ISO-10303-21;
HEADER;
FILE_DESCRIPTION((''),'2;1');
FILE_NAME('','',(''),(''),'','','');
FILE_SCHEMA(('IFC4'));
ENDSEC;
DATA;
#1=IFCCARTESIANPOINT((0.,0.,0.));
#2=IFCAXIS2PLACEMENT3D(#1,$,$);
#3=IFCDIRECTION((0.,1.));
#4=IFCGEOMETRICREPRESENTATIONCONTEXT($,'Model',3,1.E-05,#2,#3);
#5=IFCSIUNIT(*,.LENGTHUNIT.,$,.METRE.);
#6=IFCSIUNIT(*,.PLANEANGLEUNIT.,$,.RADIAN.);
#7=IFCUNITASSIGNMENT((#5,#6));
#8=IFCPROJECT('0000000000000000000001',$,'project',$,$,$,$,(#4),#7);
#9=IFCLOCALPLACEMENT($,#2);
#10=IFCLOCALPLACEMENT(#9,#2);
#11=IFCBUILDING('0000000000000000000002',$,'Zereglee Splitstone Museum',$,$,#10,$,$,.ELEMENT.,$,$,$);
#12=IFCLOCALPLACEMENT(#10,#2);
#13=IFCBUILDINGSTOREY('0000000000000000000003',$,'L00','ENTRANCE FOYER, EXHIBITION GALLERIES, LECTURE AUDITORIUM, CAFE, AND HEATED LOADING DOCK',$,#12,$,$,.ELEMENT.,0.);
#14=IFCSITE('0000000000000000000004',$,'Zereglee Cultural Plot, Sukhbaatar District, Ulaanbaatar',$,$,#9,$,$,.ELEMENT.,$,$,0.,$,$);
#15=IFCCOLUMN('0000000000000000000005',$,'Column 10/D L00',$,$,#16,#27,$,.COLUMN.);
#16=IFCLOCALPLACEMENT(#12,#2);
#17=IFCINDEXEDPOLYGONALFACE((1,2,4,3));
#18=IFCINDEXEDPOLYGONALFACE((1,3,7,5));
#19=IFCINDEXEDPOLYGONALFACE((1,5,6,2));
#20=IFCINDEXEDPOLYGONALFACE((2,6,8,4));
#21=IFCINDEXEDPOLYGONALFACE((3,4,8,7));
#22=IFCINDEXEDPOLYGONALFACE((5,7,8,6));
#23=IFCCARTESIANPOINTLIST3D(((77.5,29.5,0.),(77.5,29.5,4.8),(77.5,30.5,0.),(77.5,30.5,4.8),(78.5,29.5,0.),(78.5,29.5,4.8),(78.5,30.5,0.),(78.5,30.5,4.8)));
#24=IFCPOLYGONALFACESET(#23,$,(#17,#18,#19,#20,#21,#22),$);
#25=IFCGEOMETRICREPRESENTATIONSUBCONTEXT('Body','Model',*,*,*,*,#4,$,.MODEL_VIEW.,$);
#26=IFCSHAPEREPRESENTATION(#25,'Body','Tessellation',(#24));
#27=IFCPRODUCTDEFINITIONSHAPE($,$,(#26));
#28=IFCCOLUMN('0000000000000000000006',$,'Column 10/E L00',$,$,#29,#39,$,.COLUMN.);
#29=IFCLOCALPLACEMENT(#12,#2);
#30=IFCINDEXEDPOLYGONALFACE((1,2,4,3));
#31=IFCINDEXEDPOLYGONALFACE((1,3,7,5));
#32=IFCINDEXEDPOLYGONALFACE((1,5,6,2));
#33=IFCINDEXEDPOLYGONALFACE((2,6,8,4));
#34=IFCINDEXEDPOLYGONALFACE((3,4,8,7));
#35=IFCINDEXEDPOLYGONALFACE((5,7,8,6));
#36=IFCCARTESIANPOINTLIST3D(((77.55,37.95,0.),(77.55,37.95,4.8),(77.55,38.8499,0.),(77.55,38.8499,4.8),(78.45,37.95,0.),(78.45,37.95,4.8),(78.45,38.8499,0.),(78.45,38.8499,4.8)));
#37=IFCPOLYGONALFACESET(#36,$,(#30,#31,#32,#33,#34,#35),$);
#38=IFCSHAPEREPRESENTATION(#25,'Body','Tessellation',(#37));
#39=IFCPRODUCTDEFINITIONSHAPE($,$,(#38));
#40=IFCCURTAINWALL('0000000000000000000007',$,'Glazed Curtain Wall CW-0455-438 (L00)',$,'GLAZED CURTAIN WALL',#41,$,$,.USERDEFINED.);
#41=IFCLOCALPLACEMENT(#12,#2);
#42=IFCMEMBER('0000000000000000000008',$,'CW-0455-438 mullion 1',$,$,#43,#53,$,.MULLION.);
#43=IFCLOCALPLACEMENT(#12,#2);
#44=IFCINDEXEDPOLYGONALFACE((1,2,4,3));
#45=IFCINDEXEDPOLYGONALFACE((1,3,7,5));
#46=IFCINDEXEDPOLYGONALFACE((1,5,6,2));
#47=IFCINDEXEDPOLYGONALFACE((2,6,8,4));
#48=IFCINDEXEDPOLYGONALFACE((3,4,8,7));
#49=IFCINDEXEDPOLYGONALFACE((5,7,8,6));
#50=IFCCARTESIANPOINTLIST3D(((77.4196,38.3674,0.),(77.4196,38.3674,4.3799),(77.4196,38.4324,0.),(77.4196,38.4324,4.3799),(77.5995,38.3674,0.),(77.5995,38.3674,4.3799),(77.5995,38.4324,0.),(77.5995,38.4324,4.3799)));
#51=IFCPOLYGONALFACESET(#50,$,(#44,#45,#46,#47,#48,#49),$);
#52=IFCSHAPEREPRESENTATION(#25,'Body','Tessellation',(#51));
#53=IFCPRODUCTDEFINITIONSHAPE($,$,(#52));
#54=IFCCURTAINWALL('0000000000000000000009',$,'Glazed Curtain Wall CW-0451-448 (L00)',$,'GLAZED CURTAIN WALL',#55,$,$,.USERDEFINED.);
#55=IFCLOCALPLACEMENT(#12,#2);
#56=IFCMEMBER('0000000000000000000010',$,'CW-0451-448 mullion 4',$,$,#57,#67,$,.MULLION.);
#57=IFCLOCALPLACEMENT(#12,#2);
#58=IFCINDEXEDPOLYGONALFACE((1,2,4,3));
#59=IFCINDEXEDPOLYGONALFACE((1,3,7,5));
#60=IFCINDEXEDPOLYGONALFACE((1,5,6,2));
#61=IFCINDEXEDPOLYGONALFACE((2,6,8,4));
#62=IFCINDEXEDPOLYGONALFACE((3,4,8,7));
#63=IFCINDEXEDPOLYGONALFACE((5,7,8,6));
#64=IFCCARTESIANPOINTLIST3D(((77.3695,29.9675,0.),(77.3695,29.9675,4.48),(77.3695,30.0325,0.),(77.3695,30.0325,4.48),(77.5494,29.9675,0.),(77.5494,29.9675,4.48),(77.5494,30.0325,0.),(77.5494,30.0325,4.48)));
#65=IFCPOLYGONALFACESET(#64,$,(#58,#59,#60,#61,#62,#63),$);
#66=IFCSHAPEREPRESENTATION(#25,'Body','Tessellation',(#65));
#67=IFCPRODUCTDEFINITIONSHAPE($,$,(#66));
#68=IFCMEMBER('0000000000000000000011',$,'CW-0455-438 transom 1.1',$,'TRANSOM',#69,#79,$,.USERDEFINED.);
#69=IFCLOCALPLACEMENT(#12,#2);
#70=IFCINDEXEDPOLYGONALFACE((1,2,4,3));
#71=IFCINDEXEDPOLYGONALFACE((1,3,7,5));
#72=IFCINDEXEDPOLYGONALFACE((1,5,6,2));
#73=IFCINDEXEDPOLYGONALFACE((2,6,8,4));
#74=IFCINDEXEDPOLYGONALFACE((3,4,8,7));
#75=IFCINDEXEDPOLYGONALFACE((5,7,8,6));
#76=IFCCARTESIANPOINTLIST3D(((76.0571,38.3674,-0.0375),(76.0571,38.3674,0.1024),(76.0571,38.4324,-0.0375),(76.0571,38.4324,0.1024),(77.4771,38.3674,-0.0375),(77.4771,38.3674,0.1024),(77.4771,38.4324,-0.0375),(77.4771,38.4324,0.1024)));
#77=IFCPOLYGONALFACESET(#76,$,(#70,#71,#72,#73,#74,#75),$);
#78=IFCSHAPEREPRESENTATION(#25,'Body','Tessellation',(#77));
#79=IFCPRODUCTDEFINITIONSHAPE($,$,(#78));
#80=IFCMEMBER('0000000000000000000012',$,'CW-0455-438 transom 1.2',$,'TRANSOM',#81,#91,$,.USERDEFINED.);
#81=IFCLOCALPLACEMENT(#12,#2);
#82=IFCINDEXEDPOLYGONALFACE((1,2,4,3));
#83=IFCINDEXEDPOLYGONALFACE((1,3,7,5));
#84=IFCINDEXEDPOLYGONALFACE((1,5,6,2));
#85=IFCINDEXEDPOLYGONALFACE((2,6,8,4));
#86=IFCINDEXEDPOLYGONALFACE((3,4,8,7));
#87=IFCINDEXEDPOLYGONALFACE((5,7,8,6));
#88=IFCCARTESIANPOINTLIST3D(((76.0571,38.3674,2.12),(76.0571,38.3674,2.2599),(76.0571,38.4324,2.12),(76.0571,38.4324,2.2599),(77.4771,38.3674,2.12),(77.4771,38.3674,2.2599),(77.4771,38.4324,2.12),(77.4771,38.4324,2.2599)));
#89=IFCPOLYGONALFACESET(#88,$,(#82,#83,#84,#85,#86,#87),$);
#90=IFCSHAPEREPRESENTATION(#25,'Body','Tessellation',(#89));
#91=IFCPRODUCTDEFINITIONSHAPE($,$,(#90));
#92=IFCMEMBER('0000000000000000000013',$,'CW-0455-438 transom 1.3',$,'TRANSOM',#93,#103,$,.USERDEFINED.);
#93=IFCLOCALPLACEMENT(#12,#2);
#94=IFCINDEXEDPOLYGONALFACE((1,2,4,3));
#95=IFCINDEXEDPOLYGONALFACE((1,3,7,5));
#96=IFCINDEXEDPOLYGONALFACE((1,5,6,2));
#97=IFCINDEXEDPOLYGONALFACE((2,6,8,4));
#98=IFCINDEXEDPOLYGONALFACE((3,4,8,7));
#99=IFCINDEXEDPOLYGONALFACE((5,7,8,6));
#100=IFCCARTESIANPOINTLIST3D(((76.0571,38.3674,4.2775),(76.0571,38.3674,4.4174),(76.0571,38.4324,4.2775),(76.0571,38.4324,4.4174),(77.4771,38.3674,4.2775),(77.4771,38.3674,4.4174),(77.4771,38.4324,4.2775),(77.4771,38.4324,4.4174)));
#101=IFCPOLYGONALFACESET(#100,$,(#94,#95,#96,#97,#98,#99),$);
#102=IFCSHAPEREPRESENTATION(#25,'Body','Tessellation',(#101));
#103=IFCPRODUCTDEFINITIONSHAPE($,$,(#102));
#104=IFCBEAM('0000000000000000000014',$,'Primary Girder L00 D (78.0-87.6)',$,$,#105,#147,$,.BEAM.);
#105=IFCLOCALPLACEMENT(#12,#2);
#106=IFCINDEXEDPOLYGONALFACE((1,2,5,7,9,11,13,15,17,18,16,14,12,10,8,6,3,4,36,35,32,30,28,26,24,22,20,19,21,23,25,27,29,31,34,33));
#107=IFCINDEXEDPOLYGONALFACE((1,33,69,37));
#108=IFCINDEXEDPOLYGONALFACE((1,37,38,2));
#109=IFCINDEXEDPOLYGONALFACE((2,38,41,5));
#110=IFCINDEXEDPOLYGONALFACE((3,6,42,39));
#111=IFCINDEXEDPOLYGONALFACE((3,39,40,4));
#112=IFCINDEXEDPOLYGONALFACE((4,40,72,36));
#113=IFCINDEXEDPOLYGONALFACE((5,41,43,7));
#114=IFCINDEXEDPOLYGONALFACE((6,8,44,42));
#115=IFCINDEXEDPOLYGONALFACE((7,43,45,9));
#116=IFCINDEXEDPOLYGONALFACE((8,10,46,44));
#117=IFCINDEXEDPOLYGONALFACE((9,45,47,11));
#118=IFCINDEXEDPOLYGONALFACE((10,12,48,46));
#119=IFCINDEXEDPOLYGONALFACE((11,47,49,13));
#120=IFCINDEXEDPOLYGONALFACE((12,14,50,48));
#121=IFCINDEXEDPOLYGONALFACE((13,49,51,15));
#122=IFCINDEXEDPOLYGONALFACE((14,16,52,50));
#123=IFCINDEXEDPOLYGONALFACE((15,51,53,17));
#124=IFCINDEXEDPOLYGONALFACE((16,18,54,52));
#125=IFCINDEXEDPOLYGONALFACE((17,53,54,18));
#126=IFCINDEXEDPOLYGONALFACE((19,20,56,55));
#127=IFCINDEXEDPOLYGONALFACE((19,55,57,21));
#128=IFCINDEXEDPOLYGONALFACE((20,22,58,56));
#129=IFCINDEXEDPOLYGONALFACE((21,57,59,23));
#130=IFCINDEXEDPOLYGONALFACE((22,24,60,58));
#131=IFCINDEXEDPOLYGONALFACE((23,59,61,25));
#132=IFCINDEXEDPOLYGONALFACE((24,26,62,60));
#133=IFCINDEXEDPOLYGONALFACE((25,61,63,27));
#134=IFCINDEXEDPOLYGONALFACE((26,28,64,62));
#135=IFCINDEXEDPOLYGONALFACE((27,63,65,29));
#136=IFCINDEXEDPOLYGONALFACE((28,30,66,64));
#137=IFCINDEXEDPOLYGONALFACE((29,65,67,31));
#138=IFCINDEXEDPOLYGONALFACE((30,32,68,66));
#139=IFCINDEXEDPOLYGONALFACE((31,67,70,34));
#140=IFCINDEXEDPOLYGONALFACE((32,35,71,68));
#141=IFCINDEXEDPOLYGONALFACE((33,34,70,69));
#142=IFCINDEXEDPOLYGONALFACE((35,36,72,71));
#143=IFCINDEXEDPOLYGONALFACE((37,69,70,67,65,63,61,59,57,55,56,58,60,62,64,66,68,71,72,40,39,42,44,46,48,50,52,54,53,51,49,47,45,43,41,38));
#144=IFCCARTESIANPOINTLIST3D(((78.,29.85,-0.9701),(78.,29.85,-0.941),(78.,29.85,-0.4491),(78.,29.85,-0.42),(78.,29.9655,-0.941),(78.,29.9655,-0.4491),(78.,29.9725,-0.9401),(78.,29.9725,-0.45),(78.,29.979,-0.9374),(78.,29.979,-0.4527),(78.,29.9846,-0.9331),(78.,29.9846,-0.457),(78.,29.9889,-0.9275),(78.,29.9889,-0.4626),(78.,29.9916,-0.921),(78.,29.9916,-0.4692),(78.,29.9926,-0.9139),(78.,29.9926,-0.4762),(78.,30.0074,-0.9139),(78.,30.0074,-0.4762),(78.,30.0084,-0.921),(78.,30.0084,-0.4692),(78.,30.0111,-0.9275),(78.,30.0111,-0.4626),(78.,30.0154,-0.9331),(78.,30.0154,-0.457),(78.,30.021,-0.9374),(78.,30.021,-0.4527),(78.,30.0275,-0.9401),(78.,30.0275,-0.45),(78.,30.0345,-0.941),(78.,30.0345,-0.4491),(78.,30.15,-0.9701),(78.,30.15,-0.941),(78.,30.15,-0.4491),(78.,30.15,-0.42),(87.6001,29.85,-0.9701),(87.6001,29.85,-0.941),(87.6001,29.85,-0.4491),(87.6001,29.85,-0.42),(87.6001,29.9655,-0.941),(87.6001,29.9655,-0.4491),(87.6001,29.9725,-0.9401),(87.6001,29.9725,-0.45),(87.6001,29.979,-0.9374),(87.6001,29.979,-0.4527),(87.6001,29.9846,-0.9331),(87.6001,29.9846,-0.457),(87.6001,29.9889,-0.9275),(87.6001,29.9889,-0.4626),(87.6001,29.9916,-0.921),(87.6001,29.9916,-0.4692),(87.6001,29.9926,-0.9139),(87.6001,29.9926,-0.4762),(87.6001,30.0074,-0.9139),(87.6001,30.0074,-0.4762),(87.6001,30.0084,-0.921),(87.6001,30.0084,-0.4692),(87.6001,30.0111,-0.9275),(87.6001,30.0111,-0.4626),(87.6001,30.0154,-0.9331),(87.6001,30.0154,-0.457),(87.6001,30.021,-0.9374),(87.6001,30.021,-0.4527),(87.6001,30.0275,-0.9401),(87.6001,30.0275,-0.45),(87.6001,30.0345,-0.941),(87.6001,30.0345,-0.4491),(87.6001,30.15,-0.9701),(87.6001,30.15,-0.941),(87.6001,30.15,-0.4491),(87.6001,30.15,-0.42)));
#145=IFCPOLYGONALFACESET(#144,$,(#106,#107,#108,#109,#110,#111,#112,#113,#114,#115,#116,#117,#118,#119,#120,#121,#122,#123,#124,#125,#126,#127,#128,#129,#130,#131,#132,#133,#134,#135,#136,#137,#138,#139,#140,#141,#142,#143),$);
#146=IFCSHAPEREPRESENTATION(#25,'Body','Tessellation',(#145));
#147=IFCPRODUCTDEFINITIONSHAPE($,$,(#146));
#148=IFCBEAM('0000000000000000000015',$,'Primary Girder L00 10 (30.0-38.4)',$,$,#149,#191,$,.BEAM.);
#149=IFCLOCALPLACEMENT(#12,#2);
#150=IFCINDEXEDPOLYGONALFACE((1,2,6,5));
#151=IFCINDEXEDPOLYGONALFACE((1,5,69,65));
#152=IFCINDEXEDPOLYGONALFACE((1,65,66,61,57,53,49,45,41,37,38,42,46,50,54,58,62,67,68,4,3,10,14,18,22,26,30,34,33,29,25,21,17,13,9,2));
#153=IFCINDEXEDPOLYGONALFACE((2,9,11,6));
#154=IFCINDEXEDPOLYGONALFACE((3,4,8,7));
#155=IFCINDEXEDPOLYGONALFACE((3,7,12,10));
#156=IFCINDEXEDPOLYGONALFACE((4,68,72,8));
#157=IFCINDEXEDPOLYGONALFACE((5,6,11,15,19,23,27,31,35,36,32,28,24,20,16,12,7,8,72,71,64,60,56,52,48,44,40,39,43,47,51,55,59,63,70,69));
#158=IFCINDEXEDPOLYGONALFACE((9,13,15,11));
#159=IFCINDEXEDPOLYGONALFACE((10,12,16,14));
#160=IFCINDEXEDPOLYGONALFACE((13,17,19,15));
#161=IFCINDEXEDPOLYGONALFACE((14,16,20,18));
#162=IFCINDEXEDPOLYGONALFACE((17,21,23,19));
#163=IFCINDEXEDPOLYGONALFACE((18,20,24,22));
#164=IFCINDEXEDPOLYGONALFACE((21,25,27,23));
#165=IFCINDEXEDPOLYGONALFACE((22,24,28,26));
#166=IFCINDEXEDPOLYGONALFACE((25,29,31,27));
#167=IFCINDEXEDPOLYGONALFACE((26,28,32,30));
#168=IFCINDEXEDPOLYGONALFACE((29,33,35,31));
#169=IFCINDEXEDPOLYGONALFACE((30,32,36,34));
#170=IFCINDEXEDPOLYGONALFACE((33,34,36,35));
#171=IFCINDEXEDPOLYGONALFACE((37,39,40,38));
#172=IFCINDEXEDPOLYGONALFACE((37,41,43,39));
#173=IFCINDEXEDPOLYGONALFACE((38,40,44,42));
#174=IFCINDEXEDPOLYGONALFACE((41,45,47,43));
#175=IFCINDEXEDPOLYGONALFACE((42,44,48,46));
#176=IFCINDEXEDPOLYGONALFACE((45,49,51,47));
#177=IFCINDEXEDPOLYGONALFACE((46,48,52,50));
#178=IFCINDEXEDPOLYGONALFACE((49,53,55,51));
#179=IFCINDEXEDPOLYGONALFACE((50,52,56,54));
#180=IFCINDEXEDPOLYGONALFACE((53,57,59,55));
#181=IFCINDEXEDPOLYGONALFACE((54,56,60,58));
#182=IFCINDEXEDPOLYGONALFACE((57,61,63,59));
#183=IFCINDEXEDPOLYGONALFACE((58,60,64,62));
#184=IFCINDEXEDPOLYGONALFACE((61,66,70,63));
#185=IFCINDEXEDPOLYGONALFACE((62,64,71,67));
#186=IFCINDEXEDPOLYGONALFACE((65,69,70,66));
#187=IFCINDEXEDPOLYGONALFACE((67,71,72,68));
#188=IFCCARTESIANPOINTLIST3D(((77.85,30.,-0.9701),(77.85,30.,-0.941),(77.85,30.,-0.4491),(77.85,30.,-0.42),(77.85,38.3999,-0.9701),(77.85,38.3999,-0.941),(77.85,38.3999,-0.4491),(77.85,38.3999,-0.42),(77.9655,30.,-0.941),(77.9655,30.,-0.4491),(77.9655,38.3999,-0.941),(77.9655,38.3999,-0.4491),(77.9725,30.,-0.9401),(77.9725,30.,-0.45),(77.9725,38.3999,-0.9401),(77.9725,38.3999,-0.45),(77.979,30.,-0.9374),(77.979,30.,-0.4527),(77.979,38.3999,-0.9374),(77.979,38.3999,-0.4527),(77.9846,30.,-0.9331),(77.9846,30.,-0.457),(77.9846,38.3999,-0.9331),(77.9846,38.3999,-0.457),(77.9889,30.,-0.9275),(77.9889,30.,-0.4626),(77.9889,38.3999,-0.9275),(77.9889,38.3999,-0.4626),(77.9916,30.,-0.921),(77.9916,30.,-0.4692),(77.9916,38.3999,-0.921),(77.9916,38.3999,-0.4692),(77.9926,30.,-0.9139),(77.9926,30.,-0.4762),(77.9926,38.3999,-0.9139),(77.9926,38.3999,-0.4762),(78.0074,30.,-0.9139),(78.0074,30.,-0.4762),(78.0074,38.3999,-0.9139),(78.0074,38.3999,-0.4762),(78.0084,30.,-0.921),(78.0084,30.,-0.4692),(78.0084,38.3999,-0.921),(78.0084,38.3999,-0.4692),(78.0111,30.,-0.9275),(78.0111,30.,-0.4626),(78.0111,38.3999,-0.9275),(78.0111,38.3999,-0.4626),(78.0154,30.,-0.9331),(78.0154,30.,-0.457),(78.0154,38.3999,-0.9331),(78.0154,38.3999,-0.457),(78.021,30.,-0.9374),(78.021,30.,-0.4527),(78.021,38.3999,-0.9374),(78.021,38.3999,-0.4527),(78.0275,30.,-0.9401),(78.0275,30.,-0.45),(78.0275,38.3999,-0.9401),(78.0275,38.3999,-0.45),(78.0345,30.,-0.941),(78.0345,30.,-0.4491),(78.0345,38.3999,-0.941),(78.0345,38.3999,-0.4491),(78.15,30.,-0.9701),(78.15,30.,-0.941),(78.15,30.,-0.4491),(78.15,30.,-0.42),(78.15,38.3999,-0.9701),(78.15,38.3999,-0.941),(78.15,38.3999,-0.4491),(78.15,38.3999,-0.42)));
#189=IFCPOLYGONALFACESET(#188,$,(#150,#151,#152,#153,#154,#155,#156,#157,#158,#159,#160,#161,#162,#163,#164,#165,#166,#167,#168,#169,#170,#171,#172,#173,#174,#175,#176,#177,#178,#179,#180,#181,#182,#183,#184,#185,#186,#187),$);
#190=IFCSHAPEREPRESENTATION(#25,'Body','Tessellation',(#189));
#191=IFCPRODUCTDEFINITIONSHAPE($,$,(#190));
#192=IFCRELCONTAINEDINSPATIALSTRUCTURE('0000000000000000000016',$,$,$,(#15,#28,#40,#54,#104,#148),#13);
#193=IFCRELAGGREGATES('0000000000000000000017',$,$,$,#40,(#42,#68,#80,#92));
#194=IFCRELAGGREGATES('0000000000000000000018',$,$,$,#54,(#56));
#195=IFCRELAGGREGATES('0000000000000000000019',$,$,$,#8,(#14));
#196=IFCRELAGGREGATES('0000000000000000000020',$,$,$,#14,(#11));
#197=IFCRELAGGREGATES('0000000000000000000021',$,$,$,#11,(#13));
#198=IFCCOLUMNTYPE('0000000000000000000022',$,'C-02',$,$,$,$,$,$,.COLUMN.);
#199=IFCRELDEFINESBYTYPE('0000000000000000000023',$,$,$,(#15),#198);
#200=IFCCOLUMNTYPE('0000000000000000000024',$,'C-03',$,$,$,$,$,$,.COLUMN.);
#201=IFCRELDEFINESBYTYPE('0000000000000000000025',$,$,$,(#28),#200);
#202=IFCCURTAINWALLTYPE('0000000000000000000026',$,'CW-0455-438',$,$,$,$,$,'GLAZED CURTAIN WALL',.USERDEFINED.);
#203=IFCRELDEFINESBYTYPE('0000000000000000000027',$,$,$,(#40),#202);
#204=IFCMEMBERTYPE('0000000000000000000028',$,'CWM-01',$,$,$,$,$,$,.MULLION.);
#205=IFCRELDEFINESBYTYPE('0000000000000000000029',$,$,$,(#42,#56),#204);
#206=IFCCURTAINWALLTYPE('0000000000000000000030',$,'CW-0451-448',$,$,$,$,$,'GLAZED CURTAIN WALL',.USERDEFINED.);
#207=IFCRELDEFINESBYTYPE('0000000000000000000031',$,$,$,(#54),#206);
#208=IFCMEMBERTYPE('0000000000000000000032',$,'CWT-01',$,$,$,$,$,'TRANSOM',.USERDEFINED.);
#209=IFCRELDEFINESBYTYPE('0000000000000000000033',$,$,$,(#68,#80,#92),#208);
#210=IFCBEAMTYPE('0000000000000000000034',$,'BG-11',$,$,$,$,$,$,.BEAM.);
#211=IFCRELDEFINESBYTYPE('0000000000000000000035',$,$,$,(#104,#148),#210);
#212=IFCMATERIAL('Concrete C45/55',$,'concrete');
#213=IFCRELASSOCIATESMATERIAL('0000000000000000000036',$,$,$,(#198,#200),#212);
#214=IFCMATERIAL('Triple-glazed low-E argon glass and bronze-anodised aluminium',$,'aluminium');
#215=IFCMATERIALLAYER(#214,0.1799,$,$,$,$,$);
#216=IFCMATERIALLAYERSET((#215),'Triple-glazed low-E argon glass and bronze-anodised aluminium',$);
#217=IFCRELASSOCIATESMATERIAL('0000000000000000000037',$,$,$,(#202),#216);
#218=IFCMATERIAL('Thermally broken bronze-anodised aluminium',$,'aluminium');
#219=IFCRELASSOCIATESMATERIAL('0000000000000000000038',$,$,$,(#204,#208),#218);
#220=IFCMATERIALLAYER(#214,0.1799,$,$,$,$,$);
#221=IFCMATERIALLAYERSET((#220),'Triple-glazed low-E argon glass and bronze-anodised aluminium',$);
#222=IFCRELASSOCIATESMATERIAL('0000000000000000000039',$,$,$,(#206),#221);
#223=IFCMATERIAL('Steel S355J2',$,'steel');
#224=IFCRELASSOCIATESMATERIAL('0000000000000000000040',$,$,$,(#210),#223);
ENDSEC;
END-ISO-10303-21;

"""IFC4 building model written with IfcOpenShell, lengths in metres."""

from ifc_helpers import new_model, si_unit, direction, frame, origin, origin_2d, place, context, subcontext, project, spatial, rectangle, i_section, extrude, material, layer, layer_set, material_profile, profile_set, type_object, element, aggregate, save


model = new_model("IFC4")

# Units and contexts
model_context = context("Model", 3, precision=1e-05, world=origin(), true_north=direction((0.0, 1.0)))
body_context = subcontext(model_context, "Body", "Model", "MODEL_VIEW")
ifc_project = project(units=[si_unit("LENGTHUNIT", "METRE"), si_unit("PLANEANGLEUNIT", "RADIAN")], contexts=[model_context])

# Site, building, storey
site_placement = place(None, origin())
site = spatial("IfcSite", under=ifc_project, at=site_placement, Name="Zereglee Cultural Plot, Sukhbaatar District, Ulaanbaatar", CompositionType="ELEMENT", RefElevation=0.0)
building_placement = place(site_placement, origin())
building = spatial("IfcBuilding", under=site, at=building_placement, Name="Zereglee Splitstone Museum", CompositionType="ELEMENT")
storey_placement = place(building_placement, origin())
storey = spatial("IfcBuildingStorey", under=building, at=storey_placement, Name="L00", Description="ENTRANCE FOYER, EXHIBITION GALLERIES, LECTURE AUDITORIUM, CAFE, AND HEATED LOADING DOCK", CompositionType="ELEMENT", Elevation=0.0)

# Columns
ifc_material_1 = material(Name="Concrete C45/55", Category="concrete")
ifc_material_profile_1 = material_profile(ifc_material_1, rectangle(XDim=1.0, YDim=1.0, at=origin_2d()), Name="RC 1000x1000")
ifc_profile_set_1 = profile_set([ifc_material_profile_1], Name="Concrete C45/55")
column_type_1 = type_object("IfcColumnType", Name="C-02", PredefinedType="COLUMN", material=ifc_profile_set_1)
column_1_placement = place(storey_placement, frame((78.0, 30.0, 0.0), z_axis=(0.0, 0.0, 1.0), x_axis=(1.0, 0.0, 0.0)))
element("IfcColumn", 1, at=column_1_placement, inside=storey, type_object=column_type_1, Name="Column 10/D L00", PredefinedType="COLUMN", context=body_context, shape_type="SweptSolid", body=[
    extrude(rectangle(XDim=1.0, YDim=1.0, at=origin_2d()), origin(), (0.0, 0.0, 1.0), 4.8),
])
ifc_material_profile_2 = material_profile(ifc_material_1, rectangle(XDim=0.8999, YDim=0.8999, at=origin_2d()), Name="RC 900x900")
ifc_profile_set_2 = profile_set([ifc_material_profile_2], Name="Concrete C45/55")
column_type_2 = type_object("IfcColumnType", Name="C-03", PredefinedType="COLUMN", material=ifc_profile_set_2)
column_2_placement = place(storey_placement, frame((78.0, 38.3999, 0.0), z_axis=(0.0, 0.0, 1.0), x_axis=(1.0, 0.0, 0.0)))
element("IfcColumn", 2, at=column_2_placement, inside=storey, type_object=column_type_2, Name="Column 10/E L00", PredefinedType="COLUMN", context=body_context, shape_type="SweptSolid", body=[
    extrude(rectangle(XDim=0.8999, YDim=0.8999, at=origin_2d()), origin(), (0.0, 0.0, 1.0), 4.8),
])

# Curtain walls, members
ifc_material_2 = material(Name="Triple-glazed low-E argon glass and bronze-anodised aluminium", Category="aluminium")
ifc_layer_1 = layer(ifc_material_2, 0.1799)
ifc_layer_set_1 = layer_set([ifc_layer_1], Name="Triple-glazed low-E argon glass and bronze-anodised aluminium")
curtain_wall_type_1 = type_object("IfcCurtainWallType", Name="CW-0455-438", ElementType="GLAZED CURTAIN WALL", PredefinedType="USERDEFINED", material=ifc_layer_set_1)
curtain_wall_1_placement = place(storey_placement, origin())
curtain_wall_1 = element("IfcCurtainWall", 3, at=curtain_wall_1_placement, inside=storey, type_object=curtain_wall_type_1, Name="Glazed Curtain Wall CW-0455-438 (L00)", ObjectType="GLAZED CURTAIN WALL", PredefinedType="USERDEFINED")
ifc_material_3 = material(Name="Thermally broken bronze-anodised aluminium", Category="aluminium")
ifc_material_profile_3 = material_profile(ifc_material_3, rectangle(XDim=0.0649, YDim=0.1799, at=origin_2d()), Name="CW MULL 65x180")
ifc_profile_set_3 = profile_set([ifc_material_profile_3], Name="Thermally broken bronze-anodised aluminium")
member_type_1 = type_object("IfcMemberType", Name="CWM-01", PredefinedType="MULLION", material=ifc_profile_set_3)
member_1_placement = place(storey_placement, frame((77.5095, 38.3999, 0.0), z_axis=(0.0, 0.0, 1.0), x_axis=(0.0, -1.0, 0.0)))
member_1 = element("IfcMember", 4, at=member_1_placement, type_object=member_type_1, Name="CW-0455-438 mullion 1", PredefinedType="MULLION", context=body_context, shape_type="SweptSolid", body=[
    extrude(rectangle(XDim=0.0649, YDim=0.1799, at=origin_2d()), origin(), (0.0, 0.0, 1.0), 4.3799),
])
ifc_layer_2 = layer(ifc_material_2, 0.1799)
ifc_layer_set_2 = layer_set([ifc_layer_2], Name="Triple-glazed low-E argon glass and bronze-anodised aluminium")
curtain_wall_type_2 = type_object("IfcCurtainWallType", Name="CW-0451-448", ElementType="GLAZED CURTAIN WALL", PredefinedType="USERDEFINED", material=ifc_layer_set_2)
curtain_wall_2_placement = place(storey_placement, origin())
curtain_wall_2 = element("IfcCurtainWall", 5, at=curtain_wall_2_placement, inside=storey, type_object=curtain_wall_type_2, Name="Glazed Curtain Wall CW-0451-448 (L00)", ObjectType="GLAZED CURTAIN WALL", PredefinedType="USERDEFINED")
member_2_placement = place(storey_placement, frame((77.4595, 30.0, 0.0), z_axis=(0.0, 0.0, 1.0), x_axis=(0.0, 1.0, 0.0)))
member_2 = element("IfcMember", 6, at=member_2_placement, type_object=member_type_1, Name="CW-0451-448 mullion 4", PredefinedType="MULLION", context=body_context, shape_type="SweptSolid", body=[
    extrude(rectangle(XDim=0.0649, YDim=0.1799, at=origin_2d()), origin(), (0.0, 0.0, 1.0), 4.48),
])

# Members
ifc_material_profile_4 = material_profile(ifc_material_3, rectangle(XDim=0.0649, YDim=0.1399, at=origin_2d()), Name="CW TRAN 65x140")
ifc_profile_set_4 = profile_set([ifc_material_profile_4], Name="Thermally broken bronze-anodised aluminium")
member_type_2 = type_object("IfcMemberType", Name="CWT-01", ElementType="TRANSOM", PredefinedType="USERDEFINED", material=ifc_profile_set_4)
member_3_placement = place(storey_placement, frame((77.4771, 38.3999, 0.0325), z_axis=(-1.0, 0.0, 0.0), x_axis=(0.0, -1.0, 0.0)))
member_3 = element("IfcMember", 7, at=member_3_placement, type_object=member_type_2, Name="CW-0455-438 transom 1.1", ObjectType="TRANSOM", PredefinedType="USERDEFINED", context=body_context, shape_type="SweptSolid", body=[
    extrude(rectangle(XDim=0.0649, YDim=0.1399, at=origin_2d()), origin(), (0.0, 0.0, 1.0), 1.4199),
])
member_4_placement = place(storey_placement, frame((77.4771, 38.3999, 2.1899), z_axis=(-1.0, 0.0, 0.0), x_axis=(0.0, -1.0, 0.0)))
member_4 = element("IfcMember", 8, at=member_4_placement, type_object=member_type_2, Name="CW-0455-438 transom 1.2", ObjectType="TRANSOM", PredefinedType="USERDEFINED", context=body_context, shape_type="SweptSolid", body=[
    extrude(rectangle(XDim=0.0649, YDim=0.1399, at=origin_2d()), origin(), (0.0, 0.0, 1.0), 1.4199),
])
member_5_placement = place(storey_placement, frame((77.4771, 38.3999, 4.3474), z_axis=(-1.0, 0.0, 0.0), x_axis=(0.0, -1.0, 0.0)))
member_5 = element("IfcMember", 9, at=member_5_placement, type_object=member_type_2, Name="CW-0455-438 transom 1.3", ObjectType="TRANSOM", PredefinedType="USERDEFINED", context=body_context, shape_type="SweptSolid", body=[
    extrude(rectangle(XDim=0.0649, YDim=0.1399, at=origin_2d()), origin(), (0.0, 0.0, 1.0), 1.4199),
])

# Beams
ifc_material_4 = material(Name="Steel S355J2", Category="steel")
ifc_material_profile_5 = material_profile(ifc_material_4, i_section(OverallWidth=0.3, OverallDepth=0.55, WebThickness=0.0149, FlangeThickness=0.0291, FilletRadius=0.0271, at=origin_2d()), Name="HE 550 B")
ifc_profile_set_5 = profile_set([ifc_material_profile_5], Name="Steel S355J2")
beam_type_1 = type_object("IfcBeamType", Name="BG-11", PredefinedType="BEAM", material=ifc_profile_set_5)
beam_1_placement = place(storey_placement, frame((78.0, 30.0, -0.6951), z_axis=(1.0, 0.0, 0.0), x_axis=(0.0, 1.0, 0.0)))
element("IfcBeam", 10, at=beam_1_placement, inside=storey, type_object=beam_type_1, Name="Primary Girder L00 D (78.0-87.6)", PredefinedType="BEAM", context=body_context, shape_type="SweptSolid", body=[
    extrude(i_section(OverallWidth=0.3, OverallDepth=0.55, WebThickness=0.0149, FlangeThickness=0.0291, FilletRadius=0.0271, at=origin_2d()), origin(), (0.0, 0.0, 1.0), 9.6001),
])
beam_2_placement = place(storey_placement, frame((78.0, 30.0, -0.6951), z_axis=(0.0, 1.0, 0.0), x_axis=(-1.0, 0.0, 0.0)))
element("IfcBeam", 11, at=beam_2_placement, inside=storey, type_object=beam_type_1, Name="Primary Girder L00 10 (30.0-38.4)", PredefinedType="BEAM", context=body_context, shape_type="SweptSolid", body=[
    extrude(i_section(OverallWidth=0.3, OverallDepth=0.55, WebThickness=0.0149, FlangeThickness=0.0291, FilletRadius=0.0271, at=origin_2d()), origin(), (0.0, 0.0, 1.0), 8.3999),
])

aggregate(curtain_wall_1, [member_1, member_3, member_4, member_5])
aggregate(curtain_wall_2, [member_2])

save(model, "model.ifc")
